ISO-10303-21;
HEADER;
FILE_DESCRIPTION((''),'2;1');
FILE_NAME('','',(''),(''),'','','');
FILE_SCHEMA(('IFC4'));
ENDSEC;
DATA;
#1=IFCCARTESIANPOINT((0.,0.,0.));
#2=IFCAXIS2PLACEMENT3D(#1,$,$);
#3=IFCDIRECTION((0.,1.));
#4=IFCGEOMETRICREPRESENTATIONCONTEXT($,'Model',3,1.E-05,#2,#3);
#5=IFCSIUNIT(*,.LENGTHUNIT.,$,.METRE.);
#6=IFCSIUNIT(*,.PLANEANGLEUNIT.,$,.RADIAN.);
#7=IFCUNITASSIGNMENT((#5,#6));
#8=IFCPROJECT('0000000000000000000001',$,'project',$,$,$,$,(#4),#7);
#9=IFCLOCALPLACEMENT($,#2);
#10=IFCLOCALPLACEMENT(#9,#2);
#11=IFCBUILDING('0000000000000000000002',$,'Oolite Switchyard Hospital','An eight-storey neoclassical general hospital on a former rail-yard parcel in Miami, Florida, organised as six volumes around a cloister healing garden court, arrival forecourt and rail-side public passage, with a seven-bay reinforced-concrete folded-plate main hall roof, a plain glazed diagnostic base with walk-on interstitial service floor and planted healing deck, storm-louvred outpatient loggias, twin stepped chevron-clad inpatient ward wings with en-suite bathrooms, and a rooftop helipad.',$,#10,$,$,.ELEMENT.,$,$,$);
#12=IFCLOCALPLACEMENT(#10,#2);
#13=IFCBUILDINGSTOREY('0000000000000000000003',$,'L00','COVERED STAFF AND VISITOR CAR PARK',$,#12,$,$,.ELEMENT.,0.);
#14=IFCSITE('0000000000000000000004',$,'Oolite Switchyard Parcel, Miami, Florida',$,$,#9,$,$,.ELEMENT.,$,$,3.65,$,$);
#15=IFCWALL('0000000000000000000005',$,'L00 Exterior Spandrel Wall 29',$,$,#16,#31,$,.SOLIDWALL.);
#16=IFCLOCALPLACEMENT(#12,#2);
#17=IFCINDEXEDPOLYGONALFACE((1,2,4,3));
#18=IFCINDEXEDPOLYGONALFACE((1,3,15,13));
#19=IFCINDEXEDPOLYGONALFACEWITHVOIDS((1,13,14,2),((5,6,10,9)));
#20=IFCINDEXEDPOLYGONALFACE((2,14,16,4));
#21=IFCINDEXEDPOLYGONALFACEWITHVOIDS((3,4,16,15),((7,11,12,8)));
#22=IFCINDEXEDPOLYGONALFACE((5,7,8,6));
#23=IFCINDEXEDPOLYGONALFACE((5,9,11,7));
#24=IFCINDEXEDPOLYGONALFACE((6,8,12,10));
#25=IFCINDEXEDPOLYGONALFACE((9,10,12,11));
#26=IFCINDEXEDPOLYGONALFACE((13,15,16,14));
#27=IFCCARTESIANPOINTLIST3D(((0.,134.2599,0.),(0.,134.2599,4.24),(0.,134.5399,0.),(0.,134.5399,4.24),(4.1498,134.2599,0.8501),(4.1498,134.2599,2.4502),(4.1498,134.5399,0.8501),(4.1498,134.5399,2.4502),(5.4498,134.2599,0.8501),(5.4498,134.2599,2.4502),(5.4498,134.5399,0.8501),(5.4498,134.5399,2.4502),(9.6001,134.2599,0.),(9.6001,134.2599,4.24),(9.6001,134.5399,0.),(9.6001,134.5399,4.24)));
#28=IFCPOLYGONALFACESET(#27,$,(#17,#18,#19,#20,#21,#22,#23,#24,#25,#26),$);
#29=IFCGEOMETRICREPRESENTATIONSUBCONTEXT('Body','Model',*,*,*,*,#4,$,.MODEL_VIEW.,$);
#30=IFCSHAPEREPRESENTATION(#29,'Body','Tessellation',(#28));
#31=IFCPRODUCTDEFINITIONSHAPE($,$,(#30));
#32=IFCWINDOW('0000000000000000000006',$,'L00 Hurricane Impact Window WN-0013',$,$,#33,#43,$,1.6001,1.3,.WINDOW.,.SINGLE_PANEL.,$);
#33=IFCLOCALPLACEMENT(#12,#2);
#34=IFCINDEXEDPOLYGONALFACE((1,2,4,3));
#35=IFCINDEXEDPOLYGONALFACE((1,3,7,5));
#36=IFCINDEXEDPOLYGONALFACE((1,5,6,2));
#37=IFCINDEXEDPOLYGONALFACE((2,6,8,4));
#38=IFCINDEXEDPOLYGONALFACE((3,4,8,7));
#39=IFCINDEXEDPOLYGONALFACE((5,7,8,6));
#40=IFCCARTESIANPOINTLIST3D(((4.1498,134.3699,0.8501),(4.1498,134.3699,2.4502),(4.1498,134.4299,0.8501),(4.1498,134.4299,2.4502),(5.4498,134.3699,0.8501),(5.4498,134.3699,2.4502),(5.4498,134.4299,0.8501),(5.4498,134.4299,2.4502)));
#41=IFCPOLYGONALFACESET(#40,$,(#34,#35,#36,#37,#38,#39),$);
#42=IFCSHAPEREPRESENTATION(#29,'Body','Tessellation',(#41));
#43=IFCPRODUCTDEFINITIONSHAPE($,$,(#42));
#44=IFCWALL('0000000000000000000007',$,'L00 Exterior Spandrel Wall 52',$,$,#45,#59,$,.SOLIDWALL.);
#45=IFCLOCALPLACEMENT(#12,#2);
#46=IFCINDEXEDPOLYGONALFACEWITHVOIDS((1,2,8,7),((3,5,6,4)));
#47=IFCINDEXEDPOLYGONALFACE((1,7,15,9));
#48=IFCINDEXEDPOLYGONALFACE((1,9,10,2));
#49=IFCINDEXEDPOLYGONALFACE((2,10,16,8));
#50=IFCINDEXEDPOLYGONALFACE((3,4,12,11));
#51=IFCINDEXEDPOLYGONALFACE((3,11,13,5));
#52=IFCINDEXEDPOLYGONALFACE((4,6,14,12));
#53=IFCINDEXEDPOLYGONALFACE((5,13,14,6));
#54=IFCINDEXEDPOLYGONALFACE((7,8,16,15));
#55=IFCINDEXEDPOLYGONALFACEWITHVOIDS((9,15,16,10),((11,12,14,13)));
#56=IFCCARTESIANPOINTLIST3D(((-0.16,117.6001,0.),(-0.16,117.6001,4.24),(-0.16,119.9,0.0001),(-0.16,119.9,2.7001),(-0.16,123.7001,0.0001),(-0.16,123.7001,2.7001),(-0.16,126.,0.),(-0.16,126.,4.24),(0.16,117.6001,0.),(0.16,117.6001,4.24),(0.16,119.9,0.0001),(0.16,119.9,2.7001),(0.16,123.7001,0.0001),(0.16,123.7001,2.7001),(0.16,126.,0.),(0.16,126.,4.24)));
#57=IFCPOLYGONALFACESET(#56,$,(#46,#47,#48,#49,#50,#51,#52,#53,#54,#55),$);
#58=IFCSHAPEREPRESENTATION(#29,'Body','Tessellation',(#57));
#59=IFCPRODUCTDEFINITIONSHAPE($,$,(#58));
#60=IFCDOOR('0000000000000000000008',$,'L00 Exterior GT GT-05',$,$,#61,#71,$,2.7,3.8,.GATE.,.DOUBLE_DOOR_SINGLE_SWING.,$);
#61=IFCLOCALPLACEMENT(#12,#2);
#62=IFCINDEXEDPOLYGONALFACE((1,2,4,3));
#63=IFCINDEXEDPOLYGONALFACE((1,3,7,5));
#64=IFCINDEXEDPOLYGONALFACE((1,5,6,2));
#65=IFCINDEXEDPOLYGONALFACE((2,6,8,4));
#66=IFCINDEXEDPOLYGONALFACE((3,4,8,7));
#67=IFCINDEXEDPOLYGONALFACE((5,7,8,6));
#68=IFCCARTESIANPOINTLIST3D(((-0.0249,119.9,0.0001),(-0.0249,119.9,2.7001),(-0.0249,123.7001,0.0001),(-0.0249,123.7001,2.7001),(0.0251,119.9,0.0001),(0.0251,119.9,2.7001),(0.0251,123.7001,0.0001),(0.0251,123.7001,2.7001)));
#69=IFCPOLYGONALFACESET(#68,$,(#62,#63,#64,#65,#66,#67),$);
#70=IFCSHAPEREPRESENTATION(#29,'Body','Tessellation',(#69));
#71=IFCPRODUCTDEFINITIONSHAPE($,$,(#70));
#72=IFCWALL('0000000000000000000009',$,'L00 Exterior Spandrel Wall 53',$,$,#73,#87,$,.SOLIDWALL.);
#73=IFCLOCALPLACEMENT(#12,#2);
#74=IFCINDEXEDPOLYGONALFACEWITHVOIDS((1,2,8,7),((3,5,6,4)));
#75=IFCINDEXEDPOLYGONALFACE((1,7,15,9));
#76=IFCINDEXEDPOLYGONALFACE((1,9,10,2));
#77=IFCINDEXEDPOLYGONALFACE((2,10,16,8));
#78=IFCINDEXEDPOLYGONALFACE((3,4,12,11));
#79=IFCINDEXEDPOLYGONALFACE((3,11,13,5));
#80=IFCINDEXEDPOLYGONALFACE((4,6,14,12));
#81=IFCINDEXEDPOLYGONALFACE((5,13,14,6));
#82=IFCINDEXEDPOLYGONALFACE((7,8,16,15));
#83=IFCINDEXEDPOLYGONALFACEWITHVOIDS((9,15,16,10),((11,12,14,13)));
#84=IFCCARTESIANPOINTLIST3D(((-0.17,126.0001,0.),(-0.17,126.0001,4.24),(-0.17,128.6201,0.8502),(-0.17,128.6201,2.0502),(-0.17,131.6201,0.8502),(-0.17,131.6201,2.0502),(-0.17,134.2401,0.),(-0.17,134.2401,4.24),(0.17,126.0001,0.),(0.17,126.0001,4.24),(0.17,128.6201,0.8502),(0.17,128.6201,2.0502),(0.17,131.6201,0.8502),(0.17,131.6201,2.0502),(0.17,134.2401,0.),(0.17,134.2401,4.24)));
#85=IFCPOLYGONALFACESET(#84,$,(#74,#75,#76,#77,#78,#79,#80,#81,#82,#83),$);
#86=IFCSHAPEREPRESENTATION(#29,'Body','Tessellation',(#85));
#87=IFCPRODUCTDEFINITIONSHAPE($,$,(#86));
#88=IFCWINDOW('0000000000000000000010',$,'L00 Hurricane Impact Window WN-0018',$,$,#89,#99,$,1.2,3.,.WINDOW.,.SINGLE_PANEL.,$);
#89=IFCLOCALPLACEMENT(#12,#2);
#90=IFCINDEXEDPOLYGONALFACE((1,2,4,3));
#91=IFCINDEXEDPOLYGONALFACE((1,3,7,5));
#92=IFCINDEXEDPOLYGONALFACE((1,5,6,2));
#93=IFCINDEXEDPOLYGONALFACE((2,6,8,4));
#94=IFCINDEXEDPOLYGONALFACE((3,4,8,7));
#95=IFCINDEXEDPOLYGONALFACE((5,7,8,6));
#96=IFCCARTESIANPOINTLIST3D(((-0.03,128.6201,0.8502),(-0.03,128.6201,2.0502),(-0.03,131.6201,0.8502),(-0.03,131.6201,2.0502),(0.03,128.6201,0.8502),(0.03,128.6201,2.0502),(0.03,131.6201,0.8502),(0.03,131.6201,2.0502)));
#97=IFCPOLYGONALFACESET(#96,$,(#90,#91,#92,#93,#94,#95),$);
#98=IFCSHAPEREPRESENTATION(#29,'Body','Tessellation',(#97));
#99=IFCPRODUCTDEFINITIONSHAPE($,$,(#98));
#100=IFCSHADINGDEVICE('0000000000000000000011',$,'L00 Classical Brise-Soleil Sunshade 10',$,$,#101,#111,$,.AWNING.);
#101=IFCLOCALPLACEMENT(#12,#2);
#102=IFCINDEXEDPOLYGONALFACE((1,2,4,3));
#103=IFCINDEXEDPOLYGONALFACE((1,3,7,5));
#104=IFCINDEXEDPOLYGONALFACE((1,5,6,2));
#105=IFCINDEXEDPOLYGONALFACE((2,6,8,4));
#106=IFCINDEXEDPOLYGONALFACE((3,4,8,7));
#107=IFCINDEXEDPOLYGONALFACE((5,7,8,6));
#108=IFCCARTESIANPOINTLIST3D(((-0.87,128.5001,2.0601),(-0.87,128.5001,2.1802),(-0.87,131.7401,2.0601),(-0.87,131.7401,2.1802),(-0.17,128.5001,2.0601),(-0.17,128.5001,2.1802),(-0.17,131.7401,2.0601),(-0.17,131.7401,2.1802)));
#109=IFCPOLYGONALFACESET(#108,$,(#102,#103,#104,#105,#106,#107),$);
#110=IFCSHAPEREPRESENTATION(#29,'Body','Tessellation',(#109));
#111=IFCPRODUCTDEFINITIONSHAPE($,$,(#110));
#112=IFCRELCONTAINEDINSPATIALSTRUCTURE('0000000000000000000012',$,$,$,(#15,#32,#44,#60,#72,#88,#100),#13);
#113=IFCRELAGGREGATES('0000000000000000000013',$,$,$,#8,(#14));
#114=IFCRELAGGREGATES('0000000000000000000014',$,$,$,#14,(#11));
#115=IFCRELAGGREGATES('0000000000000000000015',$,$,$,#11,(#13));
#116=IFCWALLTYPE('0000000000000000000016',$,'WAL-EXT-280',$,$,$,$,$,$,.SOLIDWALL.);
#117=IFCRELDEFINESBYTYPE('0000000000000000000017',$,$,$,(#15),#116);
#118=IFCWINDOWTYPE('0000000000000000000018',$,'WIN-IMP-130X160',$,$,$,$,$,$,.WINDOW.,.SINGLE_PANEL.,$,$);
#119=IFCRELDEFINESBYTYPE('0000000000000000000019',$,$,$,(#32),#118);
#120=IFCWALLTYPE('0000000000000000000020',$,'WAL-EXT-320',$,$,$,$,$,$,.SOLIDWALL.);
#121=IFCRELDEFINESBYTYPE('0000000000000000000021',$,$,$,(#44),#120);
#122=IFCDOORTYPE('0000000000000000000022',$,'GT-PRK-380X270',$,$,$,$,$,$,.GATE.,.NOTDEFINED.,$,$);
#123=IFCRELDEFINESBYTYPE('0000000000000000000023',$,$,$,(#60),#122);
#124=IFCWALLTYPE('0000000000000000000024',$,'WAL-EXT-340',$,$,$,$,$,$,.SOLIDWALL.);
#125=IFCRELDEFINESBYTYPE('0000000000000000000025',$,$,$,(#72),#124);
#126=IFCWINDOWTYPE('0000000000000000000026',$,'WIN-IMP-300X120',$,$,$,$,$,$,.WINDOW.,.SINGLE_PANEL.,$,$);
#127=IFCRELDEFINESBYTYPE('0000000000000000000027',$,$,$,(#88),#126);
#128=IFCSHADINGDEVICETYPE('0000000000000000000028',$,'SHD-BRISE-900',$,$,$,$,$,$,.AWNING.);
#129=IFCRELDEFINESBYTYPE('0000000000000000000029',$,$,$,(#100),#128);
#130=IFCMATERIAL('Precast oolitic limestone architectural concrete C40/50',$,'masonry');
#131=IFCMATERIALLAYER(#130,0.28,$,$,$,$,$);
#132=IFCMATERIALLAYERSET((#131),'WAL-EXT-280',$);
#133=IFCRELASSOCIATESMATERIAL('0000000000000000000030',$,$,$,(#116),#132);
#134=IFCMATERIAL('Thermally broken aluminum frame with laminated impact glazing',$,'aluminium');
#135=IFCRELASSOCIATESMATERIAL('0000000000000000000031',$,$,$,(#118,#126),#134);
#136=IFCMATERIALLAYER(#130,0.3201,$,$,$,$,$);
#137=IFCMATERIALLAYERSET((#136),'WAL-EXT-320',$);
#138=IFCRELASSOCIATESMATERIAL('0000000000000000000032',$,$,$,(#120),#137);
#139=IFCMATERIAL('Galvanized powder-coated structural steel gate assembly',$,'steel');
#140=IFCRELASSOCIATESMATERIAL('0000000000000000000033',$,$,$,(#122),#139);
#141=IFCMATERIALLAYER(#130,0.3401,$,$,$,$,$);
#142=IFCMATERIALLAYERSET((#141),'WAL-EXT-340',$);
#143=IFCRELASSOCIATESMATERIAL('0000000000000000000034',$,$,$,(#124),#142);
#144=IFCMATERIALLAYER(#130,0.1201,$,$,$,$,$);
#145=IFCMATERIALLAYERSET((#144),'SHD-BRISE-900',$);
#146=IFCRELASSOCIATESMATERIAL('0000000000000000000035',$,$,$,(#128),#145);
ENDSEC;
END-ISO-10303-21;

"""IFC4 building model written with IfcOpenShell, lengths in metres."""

from ifc_helpers import new_model, si_unit, direction, frame, frame_2d, origin, origin_2d, place, context, subcontext, project, spatial, rectangle, extrude, material, layer, layer_set, type_object, element, fill, save


model = new_model("IFC4")

# Units and contexts
model_context = context("Model", 3, precision=1e-05, world=origin(), true_north=direction((0.0, 1.0)))
body_context = subcontext(model_context, "Body", "Model", "MODEL_VIEW")
ifc_project = project(units=[si_unit("LENGTHUNIT", "METRE"), si_unit("PLANEANGLEUNIT", "RADIAN")], contexts=[model_context])

# Site, building, storey
site_placement = place(None, origin())
site = spatial("IfcSite", under=ifc_project, at=site_placement, Name="Oolite Switchyard Parcel, Miami, Florida", CompositionType="ELEMENT", RefElevation=3.65)
building_placement = place(site_placement, origin())
building = spatial("IfcBuilding", under=site, at=building_placement, Name="Oolite Switchyard Hospital", Description="An eight-storey neoclassical general hospital on a former rail-yard parcel in Miami, Florida, organised as six volumes around a cloister healing garden court, arrival forecourt and rail-side public passage, with a seven-bay reinforced-concrete folded-plate main hall roof, a plain glazed diagnostic base with walk-on interstitial service floor and planted healing deck, storm-louvred outpatient loggias, twin stepped chevron-clad inpatient ward wings with en-suite bathrooms, and a rooftop helipad.", CompositionType="ELEMENT")
storey_placement = place(building_placement, origin())
storey = spatial("IfcBuildingStorey", under=building, at=storey_placement, Name="L00", Description="COVERED STAFF AND VISITOR CAR PARK", CompositionType="ELEMENT", Elevation=0.0)

# Wall, opening, window
ifc_material_1 = material(Name="Precast oolitic limestone architectural concrete C40/50", Category="masonry")
ifc_layer_1 = layer(ifc_material_1, 0.28)
ifc_layer_set_1 = layer_set([ifc_layer_1], Name="WAL-EXT-280")
wall_type_1 = type_object("IfcWallType", Name="WAL-EXT-280", PredefinedType="SOLIDWALL", material=ifc_layer_set_1)
wall_1_placement = place(storey_placement, frame((0.0, 134.3999, 0.0), z_axis=(0.0, 0.0, 1.0), x_axis=(1.0, 0.0, 0.0)))
wall_1 = element("IfcWall", 1, at=wall_1_placement, inside=storey, type_object=wall_type_1, Name="L00 Exterior Spandrel Wall 29", PredefinedType="SOLIDWALL", context=body_context, shape_type="SweptSolid", body=[
    extrude(rectangle(XDim=9.6001, YDim=0.28, at=frame_2d((4.8, 0.0))), origin(), (0.0, 0.0, 1.0), 4.24),
])
opening_1_placement = place(wall_1_placement, frame((4.1499, 0.0, 0.8501)))
opening_1 = element("IfcOpeningElement", 2, at=opening_1_placement, cuts=wall_1, PredefinedType="OPENING", context=body_context, shape_type="SweptSolid", body=[
    extrude(rectangle(XDim=1.3, YDim=1.6001, at=frame_2d((0.6499, 0.8))), frame((0.0, 0.1499, 0.0), z_axis=(0.0, -1.0, 0.0), x_axis=(1.0, 0.0, 0.0)), (0.0, 0.0, 1.0), 0.3),
])
ifc_material_2 = material(Name="Thermally broken aluminum frame with laminated impact glazing", Category="aluminium")
window_type_1 = type_object("IfcWindowType", Name="WIN-IMP-130X160", PartitioningType="SINGLE_PANEL", PredefinedType="WINDOW", material=ifc_material_2)
window_1_placement = place(opening_1_placement, origin())
window_1 = element("IfcWindow", 3, at=window_1_placement, inside=storey, type_object=window_type_1, Name="L00 Hurricane Impact Window WN-0013", OverallHeight=1.6001, OverallWidth=1.3, PartitioningType="SINGLE_PANEL", PredefinedType="WINDOW", context=body_context, shape_type="SweptSolid", body=[
    extrude(rectangle(XDim=1.3, YDim=1.6001, at=frame_2d((0.6499, 0.8))), frame((0.0, 0.03, 0.0), z_axis=(0.0, -1.0, 0.0), x_axis=(1.0, 0.0, 0.0)), (0.0, 0.0, 1.0), 0.0601),
])
fill(opening_1, window_1)

# Wall, opening, door
ifc_layer_2 = layer(ifc_material_1, 0.3201)
ifc_layer_set_2 = layer_set([ifc_layer_2], Name="WAL-EXT-320")
wall_type_2 = type_object("IfcWallType", Name="WAL-EXT-320", PredefinedType="SOLIDWALL", material=ifc_layer_set_2)
wall_2_placement = place(storey_placement, frame((0.0, 117.6001, 0.0), z_axis=(0.0, 0.0, 1.0), x_axis=(0.0, 1.0, 0.0)))
wall_2 = element("IfcWall", 4, at=wall_2_placement, inside=storey, type_object=wall_type_2, Name="L00 Exterior Spandrel Wall 52", PredefinedType="SOLIDWALL", context=body_context, shape_type="SweptSolid", body=[
    extrude(rectangle(XDim=8.3999, YDim=0.3201, at=frame_2d((4.2, 0.0))), origin(), (0.0, 0.0, 1.0), 4.24),
])
opening_2_placement = place(wall_2_placement, frame((2.3, 0.0, 0.0)))
opening_2 = element("IfcOpeningElement", 5, at=opening_2_placement, cuts=wall_2, PredefinedType="OPENING", context=body_context, shape_type="SweptSolid", body=[
    extrude(rectangle(XDim=3.8, YDim=2.7, at=frame_2d((1.8999, 1.3501))), frame((0.0, 0.1699, 0.0), z_axis=(0.0, -1.0, 0.0), x_axis=(1.0, 0.0, 0.0)), (0.0, 0.0, 1.0), 0.3401),
])
ifc_material_3 = material(Name="Galvanized powder-coated structural steel gate assembly", Category="steel")
door_type = type_object("IfcDoorType", Name="GT-PRK-380X270", OperationType="NOTDEFINED", PredefinedType="GATE", material=ifc_material_3)
door_placement = place(opening_2_placement, origin())
door = element("IfcDoor", 6, at=door_placement, inside=storey, type_object=door_type, Name="L00 Exterior GT GT-05", OperationType="DOUBLE_DOOR_SINGLE_SWING", OverallHeight=2.7, OverallWidth=3.8, PredefinedType="GATE", context=body_context, shape_type="SweptSolid", body=[
    extrude(rectangle(XDim=3.8, YDim=2.7, at=frame_2d((1.8999, 1.3501))), frame((0.0, 0.0249, 0.0), z_axis=(0.0, -1.0, 0.0), x_axis=(1.0, 0.0, 0.0)), (0.0, 0.0, 1.0), 0.05),
])
fill(opening_2, door)

# Wall, opening, window
ifc_layer_3 = layer(ifc_material_1, 0.3401)
ifc_layer_set_3 = layer_set([ifc_layer_3], Name="WAL-EXT-340")
wall_type_3 = type_object("IfcWallType", Name="WAL-EXT-340", PredefinedType="SOLIDWALL", material=ifc_layer_set_3)
wall_3_placement = place(storey_placement, frame((0.0, 126.0, 0.0), z_axis=(0.0, 0.0, 1.0), x_axis=(0.0, 1.0, 0.0)))
wall_3 = element("IfcWall", 7, at=wall_3_placement, inside=storey, type_object=wall_type_3, Name="L00 Exterior Spandrel Wall 53", PredefinedType="SOLIDWALL", context=body_context, shape_type="SweptSolid", body=[
    extrude(rectangle(XDim=8.24, YDim=0.3401, at=frame_2d((4.1201, 0.0))), origin(), (0.0, 0.0, 1.0), 4.24),
])
opening_3_placement = place(wall_3_placement, frame((2.6201, 0.0, 0.8501)))
opening_3 = element("IfcOpeningElement", 8, at=opening_3_placement, cuts=wall_3, PredefinedType="OPENING", context=body_context, shape_type="SweptSolid", body=[
    extrude(rectangle(XDim=3.0, YDim=1.2, at=frame_2d((1.5, 0.6001))), frame((0.0, 0.1802, 0.0), z_axis=(0.0, -1.0, 0.0), x_axis=(1.0, 0.0, 0.0)), (0.0, 0.0, 1.0), 0.3601),
])
window_type_2 = type_object("IfcWindowType", Name="WIN-IMP-300X120", PartitioningType="SINGLE_PANEL", PredefinedType="WINDOW", material=ifc_material_2)
window_2_placement = place(opening_3_placement, origin())
window_2 = element("IfcWindow", 9, at=window_2_placement, inside=storey, type_object=window_type_2, Name="L00 Hurricane Impact Window WN-0018", OverallHeight=1.2, OverallWidth=3.0, PartitioningType="SINGLE_PANEL", PredefinedType="WINDOW", context=body_context, shape_type="SweptSolid", body=[
    extrude(rectangle(XDim=3.0, YDim=1.2, at=frame_2d((1.5, 0.6001))), frame((0.0, 0.03, 0.0), z_axis=(0.0, -1.0, 0.0), x_axis=(1.0, 0.0, 0.0)), (0.0, 0.0, 1.0), 0.0601),
])
fill(opening_3, window_2)

# Shading device
ifc_layer_4 = layer(ifc_material_1, 0.1201)
ifc_layer_set_4 = layer_set([ifc_layer_4], Name="SHD-BRISE-900")
shading_device_type = type_object("IfcShadingDeviceType", Name="SHD-BRISE-900", PredefinedType="AWNING", material=ifc_layer_set_4)
shading_device_placement = place(storey_placement, frame((-0.52, 130.1201, 2.0601), z_axis=(0.0, 0.0, 1.0), x_axis=(0.0, 1.0, 0.0)))
element("IfcShadingDevice", 10, at=shading_device_placement, inside=storey, type_object=shading_device_type, Name="L00 Classical Brise-Soleil Sunshade 10", PredefinedType="AWNING", context=body_context, shape_type="SweptSolid", body=[
    extrude(rectangle(XDim=3.24, YDim=0.7, at=origin_2d()), origin(), (0.0, 0.0, 1.0), 0.1201),
])

save(model, "model.ifc")
